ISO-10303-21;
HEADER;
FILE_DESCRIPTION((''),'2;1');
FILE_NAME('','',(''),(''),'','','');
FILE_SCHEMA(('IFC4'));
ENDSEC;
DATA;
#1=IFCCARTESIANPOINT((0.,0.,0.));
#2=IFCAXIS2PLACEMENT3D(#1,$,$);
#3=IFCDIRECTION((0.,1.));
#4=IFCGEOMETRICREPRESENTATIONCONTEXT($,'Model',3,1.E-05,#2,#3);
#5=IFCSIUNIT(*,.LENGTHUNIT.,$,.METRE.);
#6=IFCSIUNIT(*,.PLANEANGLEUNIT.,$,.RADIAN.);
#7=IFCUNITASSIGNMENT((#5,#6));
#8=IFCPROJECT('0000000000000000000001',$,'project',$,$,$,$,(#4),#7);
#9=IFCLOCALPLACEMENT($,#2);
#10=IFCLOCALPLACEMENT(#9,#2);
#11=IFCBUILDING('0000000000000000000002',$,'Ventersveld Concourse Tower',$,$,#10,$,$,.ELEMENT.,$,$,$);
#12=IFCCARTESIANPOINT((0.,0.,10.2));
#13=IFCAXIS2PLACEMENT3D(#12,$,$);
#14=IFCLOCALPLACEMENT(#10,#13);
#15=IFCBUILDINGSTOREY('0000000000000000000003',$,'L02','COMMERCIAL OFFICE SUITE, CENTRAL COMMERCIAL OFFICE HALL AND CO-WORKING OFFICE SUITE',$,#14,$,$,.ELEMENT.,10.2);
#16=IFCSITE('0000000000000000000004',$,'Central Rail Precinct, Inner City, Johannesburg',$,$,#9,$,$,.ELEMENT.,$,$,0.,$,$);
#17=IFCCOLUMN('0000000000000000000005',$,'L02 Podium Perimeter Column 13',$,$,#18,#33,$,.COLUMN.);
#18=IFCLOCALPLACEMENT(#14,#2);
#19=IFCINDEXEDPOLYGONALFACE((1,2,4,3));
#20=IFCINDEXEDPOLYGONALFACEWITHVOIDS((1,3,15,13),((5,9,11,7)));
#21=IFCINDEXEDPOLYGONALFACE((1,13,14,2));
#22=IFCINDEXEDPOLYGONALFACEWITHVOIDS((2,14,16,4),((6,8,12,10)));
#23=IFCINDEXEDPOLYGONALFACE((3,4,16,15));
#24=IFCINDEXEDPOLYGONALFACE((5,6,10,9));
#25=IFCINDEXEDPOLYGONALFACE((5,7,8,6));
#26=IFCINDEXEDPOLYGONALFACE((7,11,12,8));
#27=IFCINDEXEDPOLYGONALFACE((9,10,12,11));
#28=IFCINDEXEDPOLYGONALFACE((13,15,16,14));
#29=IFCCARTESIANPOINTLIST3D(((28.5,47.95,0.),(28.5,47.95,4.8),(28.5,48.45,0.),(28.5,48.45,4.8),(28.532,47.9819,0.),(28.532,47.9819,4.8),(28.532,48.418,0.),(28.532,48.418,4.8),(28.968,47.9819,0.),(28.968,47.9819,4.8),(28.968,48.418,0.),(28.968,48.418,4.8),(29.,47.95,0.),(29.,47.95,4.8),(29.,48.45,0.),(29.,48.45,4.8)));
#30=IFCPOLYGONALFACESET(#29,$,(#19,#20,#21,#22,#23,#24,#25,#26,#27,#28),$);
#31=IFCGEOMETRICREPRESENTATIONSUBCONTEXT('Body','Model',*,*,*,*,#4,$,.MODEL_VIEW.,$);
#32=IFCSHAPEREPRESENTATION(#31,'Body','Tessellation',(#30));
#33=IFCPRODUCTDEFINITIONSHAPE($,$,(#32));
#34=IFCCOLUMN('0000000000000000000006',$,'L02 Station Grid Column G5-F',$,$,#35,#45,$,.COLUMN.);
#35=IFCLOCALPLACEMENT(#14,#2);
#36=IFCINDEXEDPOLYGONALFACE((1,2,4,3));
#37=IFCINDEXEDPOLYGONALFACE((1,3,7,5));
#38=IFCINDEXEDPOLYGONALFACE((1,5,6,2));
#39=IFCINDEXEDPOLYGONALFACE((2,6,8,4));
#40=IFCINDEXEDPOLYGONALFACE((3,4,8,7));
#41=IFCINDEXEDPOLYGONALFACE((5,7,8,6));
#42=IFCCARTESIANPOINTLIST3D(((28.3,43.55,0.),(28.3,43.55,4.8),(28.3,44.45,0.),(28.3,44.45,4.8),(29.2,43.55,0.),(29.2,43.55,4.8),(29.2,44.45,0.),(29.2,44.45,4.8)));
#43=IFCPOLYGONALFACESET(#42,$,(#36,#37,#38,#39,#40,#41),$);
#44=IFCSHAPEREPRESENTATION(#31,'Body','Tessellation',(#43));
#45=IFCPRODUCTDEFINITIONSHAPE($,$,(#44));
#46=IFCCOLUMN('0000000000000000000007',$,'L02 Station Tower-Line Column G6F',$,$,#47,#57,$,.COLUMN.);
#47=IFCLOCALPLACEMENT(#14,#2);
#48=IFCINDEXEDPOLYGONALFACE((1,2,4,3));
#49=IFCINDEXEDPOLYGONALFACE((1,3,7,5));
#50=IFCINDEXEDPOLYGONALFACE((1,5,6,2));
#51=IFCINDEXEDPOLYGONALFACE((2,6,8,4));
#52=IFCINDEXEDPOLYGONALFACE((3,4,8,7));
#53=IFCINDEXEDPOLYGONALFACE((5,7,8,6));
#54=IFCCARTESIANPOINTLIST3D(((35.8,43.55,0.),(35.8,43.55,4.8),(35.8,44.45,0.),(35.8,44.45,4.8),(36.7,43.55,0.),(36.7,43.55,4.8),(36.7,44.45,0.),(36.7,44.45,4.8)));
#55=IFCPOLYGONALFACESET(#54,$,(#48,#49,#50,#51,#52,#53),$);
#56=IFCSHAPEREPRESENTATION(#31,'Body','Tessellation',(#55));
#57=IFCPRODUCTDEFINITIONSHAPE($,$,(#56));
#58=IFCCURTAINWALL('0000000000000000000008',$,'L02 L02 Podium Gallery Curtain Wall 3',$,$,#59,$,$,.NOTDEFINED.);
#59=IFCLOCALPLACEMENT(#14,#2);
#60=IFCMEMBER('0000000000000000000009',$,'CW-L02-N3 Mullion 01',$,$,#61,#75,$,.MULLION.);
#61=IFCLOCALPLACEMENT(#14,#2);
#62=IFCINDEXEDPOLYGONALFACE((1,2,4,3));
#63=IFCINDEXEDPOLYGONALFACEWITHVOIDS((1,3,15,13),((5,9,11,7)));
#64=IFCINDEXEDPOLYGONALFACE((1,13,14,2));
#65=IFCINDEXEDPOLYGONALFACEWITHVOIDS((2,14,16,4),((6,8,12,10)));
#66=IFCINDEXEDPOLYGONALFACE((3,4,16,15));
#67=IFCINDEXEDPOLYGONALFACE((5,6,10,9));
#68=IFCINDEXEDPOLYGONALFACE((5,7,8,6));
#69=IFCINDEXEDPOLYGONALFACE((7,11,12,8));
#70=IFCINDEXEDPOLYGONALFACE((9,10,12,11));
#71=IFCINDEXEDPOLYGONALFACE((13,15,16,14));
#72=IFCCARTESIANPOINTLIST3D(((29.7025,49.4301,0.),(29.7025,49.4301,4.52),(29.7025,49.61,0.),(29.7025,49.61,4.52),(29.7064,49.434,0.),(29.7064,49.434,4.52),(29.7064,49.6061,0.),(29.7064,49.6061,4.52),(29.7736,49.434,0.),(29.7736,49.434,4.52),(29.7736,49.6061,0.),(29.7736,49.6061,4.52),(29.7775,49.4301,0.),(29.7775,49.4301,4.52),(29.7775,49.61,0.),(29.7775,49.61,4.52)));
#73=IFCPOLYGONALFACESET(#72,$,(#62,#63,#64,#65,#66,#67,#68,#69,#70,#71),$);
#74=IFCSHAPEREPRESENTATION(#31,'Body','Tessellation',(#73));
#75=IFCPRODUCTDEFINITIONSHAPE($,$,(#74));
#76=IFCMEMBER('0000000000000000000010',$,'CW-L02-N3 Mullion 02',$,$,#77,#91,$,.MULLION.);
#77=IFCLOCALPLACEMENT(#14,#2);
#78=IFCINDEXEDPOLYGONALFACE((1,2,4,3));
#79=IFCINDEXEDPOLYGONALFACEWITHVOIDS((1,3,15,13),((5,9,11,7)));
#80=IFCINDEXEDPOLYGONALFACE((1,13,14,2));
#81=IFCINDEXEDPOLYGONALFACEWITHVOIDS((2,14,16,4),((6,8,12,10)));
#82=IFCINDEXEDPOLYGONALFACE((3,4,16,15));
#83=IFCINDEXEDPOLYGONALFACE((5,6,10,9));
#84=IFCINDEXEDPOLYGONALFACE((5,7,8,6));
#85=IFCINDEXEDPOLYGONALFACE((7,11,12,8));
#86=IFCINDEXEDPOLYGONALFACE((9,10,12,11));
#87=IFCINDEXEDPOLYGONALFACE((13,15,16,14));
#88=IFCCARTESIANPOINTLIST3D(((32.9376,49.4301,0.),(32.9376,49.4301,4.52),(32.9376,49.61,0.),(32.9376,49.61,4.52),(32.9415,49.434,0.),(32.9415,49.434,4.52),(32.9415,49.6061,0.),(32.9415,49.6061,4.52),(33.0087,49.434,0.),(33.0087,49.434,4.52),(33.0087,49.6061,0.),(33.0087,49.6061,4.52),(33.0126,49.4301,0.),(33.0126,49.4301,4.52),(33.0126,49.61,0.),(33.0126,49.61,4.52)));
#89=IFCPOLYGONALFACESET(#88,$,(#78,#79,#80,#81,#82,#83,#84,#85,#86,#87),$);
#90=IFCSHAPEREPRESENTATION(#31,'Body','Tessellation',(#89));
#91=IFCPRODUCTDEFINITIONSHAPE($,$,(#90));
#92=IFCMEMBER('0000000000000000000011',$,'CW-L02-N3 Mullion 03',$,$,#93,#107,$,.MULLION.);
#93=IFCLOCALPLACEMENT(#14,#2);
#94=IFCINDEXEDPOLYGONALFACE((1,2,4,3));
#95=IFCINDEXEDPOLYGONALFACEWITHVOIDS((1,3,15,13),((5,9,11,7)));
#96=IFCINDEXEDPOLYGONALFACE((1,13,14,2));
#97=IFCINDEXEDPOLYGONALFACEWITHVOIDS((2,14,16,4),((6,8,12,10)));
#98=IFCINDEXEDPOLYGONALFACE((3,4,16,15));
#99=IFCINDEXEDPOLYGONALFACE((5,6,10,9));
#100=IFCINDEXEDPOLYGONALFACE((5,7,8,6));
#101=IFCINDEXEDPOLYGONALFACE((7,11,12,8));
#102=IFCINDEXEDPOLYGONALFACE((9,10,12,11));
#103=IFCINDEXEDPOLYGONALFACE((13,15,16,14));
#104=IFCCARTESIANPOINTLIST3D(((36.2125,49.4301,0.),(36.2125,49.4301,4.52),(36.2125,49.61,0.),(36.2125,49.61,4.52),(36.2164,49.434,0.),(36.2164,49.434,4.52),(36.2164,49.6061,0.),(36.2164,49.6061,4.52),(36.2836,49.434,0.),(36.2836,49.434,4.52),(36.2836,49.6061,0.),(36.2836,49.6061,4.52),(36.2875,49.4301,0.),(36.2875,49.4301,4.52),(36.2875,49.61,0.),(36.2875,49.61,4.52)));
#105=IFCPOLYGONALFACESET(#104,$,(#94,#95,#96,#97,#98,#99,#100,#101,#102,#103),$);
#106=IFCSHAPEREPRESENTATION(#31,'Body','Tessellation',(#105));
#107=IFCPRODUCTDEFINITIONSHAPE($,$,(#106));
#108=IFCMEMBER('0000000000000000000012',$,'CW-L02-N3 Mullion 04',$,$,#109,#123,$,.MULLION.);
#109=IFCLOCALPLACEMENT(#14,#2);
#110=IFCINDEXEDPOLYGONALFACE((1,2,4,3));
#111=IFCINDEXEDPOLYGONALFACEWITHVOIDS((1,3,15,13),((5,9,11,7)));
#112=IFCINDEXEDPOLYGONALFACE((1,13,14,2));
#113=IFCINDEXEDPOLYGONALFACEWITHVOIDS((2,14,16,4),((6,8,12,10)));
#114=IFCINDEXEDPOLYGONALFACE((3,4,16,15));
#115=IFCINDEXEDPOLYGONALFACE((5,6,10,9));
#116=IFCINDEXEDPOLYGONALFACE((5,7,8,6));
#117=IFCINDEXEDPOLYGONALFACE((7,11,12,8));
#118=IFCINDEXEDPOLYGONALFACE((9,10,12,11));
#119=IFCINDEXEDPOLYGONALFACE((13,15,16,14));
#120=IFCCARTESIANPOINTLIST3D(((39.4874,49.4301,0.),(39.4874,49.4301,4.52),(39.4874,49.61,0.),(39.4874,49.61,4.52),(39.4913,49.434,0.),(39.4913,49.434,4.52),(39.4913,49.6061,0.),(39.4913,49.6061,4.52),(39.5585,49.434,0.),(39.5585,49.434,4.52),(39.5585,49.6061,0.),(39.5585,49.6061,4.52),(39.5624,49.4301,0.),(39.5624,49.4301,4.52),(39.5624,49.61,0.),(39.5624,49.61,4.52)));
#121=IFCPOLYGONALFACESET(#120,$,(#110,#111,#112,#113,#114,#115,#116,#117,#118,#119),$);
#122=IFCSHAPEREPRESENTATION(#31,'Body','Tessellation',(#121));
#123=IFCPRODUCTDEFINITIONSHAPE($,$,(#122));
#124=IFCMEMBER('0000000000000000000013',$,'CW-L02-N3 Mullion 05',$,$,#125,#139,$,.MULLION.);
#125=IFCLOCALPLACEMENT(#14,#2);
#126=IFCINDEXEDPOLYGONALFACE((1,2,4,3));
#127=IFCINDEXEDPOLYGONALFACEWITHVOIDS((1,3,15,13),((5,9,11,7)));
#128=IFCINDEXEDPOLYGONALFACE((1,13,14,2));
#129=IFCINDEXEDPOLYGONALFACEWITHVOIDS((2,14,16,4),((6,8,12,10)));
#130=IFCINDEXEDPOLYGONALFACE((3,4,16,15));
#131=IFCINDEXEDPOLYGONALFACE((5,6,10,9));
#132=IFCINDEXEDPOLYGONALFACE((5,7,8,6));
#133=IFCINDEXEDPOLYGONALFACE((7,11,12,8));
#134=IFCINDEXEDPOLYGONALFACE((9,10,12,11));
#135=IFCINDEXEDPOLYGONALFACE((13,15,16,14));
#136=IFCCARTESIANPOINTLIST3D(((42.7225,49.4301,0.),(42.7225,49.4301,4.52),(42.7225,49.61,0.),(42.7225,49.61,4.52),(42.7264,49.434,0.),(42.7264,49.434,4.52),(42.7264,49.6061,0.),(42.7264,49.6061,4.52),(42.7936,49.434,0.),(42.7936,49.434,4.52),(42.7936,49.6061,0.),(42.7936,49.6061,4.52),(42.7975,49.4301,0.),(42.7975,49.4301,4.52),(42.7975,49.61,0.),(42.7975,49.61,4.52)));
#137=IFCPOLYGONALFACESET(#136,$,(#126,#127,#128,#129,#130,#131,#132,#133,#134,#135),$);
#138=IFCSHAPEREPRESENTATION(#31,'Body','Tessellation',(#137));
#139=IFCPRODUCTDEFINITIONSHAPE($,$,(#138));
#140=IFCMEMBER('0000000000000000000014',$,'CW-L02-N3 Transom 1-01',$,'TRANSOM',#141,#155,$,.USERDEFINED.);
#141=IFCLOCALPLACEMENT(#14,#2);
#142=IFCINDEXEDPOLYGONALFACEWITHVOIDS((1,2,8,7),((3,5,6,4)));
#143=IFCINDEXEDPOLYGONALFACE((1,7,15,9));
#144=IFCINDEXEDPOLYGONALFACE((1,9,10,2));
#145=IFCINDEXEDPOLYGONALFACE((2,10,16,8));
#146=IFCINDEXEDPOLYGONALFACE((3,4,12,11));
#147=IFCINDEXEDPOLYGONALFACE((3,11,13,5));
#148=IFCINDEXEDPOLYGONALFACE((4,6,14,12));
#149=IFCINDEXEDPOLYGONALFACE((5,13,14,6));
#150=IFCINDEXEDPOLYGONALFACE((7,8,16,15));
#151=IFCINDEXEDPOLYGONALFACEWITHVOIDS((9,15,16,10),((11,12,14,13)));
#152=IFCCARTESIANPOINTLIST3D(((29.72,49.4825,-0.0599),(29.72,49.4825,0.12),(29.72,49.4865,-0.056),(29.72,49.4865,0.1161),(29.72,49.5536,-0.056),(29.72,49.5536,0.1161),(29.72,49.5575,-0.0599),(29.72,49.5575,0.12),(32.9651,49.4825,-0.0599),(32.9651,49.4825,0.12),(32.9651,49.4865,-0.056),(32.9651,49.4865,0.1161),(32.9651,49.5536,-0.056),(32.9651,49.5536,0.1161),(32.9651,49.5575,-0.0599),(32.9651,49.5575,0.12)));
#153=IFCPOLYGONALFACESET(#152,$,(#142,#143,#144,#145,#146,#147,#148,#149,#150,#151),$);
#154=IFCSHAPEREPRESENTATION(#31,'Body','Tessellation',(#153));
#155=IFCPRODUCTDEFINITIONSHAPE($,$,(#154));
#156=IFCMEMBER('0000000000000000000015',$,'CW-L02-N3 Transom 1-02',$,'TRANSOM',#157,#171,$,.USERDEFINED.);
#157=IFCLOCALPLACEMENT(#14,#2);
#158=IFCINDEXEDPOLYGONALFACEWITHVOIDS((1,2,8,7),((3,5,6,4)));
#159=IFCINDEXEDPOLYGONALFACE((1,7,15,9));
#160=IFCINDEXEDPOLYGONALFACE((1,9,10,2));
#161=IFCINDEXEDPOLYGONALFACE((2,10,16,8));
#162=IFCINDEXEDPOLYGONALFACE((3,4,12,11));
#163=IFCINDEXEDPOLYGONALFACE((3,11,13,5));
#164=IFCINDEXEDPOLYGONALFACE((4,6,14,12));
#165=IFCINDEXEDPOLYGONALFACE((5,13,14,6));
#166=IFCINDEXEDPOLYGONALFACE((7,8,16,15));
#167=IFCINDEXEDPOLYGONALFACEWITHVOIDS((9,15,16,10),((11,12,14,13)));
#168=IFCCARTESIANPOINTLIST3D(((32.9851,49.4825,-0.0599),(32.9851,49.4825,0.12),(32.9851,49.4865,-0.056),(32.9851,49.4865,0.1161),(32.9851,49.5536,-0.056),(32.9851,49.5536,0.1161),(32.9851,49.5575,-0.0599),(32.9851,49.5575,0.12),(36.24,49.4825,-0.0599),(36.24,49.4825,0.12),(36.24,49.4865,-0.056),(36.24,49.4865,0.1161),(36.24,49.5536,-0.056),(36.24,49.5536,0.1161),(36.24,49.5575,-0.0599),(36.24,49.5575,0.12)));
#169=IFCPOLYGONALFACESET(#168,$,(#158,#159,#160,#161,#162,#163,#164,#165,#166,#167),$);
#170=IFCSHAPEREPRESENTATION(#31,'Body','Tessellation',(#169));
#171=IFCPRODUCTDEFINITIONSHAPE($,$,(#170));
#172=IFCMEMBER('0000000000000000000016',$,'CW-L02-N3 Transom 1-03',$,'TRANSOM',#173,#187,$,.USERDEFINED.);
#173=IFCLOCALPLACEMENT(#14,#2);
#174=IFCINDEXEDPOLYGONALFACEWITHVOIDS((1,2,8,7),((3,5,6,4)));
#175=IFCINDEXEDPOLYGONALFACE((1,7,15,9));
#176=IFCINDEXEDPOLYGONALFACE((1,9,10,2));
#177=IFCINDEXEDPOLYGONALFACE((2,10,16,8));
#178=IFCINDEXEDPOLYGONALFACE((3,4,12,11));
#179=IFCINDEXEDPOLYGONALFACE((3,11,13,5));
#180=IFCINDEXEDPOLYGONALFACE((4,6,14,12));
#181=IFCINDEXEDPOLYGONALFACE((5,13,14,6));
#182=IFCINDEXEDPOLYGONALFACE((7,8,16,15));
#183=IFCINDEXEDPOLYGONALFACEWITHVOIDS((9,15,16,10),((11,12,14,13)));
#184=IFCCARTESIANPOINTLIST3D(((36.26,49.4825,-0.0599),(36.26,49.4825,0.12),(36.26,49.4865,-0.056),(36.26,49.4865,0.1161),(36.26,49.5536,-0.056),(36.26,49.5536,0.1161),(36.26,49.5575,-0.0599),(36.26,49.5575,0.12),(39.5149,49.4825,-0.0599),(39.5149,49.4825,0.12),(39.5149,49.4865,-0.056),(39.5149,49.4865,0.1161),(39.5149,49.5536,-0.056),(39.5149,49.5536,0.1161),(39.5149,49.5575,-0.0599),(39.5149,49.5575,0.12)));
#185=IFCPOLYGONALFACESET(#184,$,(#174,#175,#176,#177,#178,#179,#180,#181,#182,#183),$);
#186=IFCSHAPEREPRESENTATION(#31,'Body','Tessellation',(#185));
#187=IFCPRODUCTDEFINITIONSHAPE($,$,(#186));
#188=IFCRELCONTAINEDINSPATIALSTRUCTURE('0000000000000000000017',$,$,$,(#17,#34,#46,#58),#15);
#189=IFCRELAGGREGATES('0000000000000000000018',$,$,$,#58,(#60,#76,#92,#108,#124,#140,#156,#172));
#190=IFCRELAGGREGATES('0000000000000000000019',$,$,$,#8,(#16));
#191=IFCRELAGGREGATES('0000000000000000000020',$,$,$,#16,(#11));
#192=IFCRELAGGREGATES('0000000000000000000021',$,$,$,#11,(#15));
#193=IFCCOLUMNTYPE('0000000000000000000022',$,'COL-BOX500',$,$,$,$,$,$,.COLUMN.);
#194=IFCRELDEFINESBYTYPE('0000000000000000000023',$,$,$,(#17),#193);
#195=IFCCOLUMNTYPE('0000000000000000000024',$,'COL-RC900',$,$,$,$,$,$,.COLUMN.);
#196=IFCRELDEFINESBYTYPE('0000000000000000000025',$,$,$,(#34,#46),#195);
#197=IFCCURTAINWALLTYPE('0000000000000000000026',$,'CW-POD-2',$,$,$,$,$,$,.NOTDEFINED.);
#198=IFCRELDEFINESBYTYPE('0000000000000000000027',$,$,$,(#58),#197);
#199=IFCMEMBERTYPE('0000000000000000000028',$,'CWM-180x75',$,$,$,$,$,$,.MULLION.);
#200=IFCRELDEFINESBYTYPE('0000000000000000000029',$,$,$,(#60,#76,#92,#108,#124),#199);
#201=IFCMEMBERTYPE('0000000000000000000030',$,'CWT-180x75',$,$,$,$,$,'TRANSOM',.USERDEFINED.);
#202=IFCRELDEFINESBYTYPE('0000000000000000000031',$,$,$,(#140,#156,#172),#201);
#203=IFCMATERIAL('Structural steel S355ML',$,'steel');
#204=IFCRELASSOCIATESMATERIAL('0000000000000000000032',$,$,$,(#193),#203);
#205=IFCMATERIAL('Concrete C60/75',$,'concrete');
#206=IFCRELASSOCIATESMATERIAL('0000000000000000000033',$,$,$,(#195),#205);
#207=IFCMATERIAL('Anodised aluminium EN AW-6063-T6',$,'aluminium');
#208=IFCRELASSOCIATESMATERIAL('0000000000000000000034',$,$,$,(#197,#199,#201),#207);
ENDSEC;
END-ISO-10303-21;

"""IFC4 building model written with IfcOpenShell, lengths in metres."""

from ifc_helpers import new_model, si_unit, direction, frame, origin, origin_2d, place, context, subcontext, project, spatial, rectangle, hollow_rectangle, extrude, material, material_profile, profile_set, type_object, element, aggregate, save


model = new_model("IFC4")

# Units and contexts
model_context = context("Model", 3, precision=1e-05, world=origin(), true_north=direction((0.0, 1.0)))
body_context = subcontext(model_context, "Body", "Model", "MODEL_VIEW")
ifc_project = project(units=[si_unit("LENGTHUNIT", "METRE"), si_unit("PLANEANGLEUNIT", "RADIAN")], contexts=[model_context])

# Site, building, storey
site_placement = place(None, origin())
site = spatial("IfcSite", under=ifc_project, at=site_placement, Name="Central Rail Precinct, Inner City, Johannesburg", CompositionType="ELEMENT", RefElevation=0.0)
building_placement = place(site_placement, origin())
building = spatial("IfcBuilding", under=site, at=building_placement, Name="Ventersveld Concourse Tower", CompositionType="ELEMENT")
storey_placement = place(building_placement, frame((0.0, 0.0, 10.2)))
storey = spatial("IfcBuildingStorey", under=building, at=storey_placement, Name="L02", Description="COMMERCIAL OFFICE SUITE, CENTRAL COMMERCIAL OFFICE HALL AND CO-WORKING OFFICE SUITE", CompositionType="ELEMENT", Elevation=10.2)

# Columns
ifc_material_1 = material(Name="Structural steel S355ML", Category="steel")
ifc_material_profile_1 = material_profile(ifc_material_1, hollow_rectangle(XDim=0.5, YDim=0.5, WallThickness=0.032, at=origin_2d()), Name="BOX 500x500x32")
ifc_profile_set_1 = profile_set([ifc_material_profile_1], Name="Structural steel S355ML")
column_type_1 = type_object("IfcColumnType", Name="COL-BOX500", PredefinedType="COLUMN", material=ifc_profile_set_1)
column_placement = place(storey_placement, frame((28.75, 48.2, 0.0), z_axis=(0.0, 0.0, 1.0), x_axis=(1.0, 0.0, 0.0)))
element("IfcColumn", 1, at=column_placement, inside=storey, type_object=column_type_1, Name="L02 Podium Perimeter Column 13", PredefinedType="COLUMN", context=body_context, shape_type="SweptSolid", body=[
    extrude(hollow_rectangle(XDim=0.5, YDim=0.5, WallThickness=0.032, at=origin_2d()), origin(), (0.0, 0.0, 1.0), 4.8),
])
ifc_material_2 = material(Name="Concrete C60/75", Category="concrete")
ifc_material_profile_2 = material_profile(ifc_material_2, rectangle(XDim=0.8999, YDim=0.8999, at=origin_2d()), Name="RC 900x900")
ifc_profile_set_2 = profile_set([ifc_material_profile_2], Name="Concrete C60/75")
column_type_2 = type_object("IfcColumnType", Name="COL-RC900", PredefinedType="COLUMN", material=ifc_profile_set_2)
for number, where, z_axis, x_axis, name in (
    (2, (28.75, 44.0, 0.0), (0.0, 0.0, 1.0), (1.0, 0.0, 0.0), "L02 Station Grid Column G5-F"),
    (3, (36.25, 44.0, 0.0), (0.0, 0.0, 1.0), (1.0, 0.0, 0.0), "L02 Station Tower-Line Column G6F"),
):
    element("IfcColumn", number, at=place(storey_placement, frame(where, z_axis=z_axis, x_axis=x_axis)), inside=storey, type_object=column_type_2, Name=name, PredefinedType="COLUMN", context=body_context, shape_type="SweptSolid", body=[
        extrude(rectangle(XDim=0.8999, YDim=0.8999, at=origin_2d()), origin(), (0.0, 0.0, 1.0), 4.8),
    ])

# Curtain wall, members
ifc_material_3 = material(Name="Anodised aluminium EN AW-6063-T6", Category="aluminium")
curtain_wall_type = type_object("IfcCurtainWallType", Name="CW-POD-2", PredefinedType="NOTDEFINED", material=ifc_material_3)
curtain_wall_placement = place(storey_placement, origin())
curtain_wall = element("IfcCurtainWall", 4, at=curtain_wall_placement, inside=storey, type_object=curtain_wall_type, Name="L02 L02 Podium Gallery Curtain Wall 3", PredefinedType="NOTDEFINED")
ifc_material_profile_3 = material_profile(ifc_material_3, hollow_rectangle(XDim=0.075, YDim=0.1799, WallThickness=0.0039, at=origin_2d()), Name="ALU 180x75x4")
ifc_profile_set_3 = profile_set([ifc_material_profile_3], Name="Anodised aluminium EN AW-6063-T6")
member_type_1 = type_object("IfcMemberType", Name="CWM-180x75", PredefinedType="MULLION", material=ifc_profile_set_3)
member_1_placement = place(storey_placement, frame((29.74, 49.52, 0.0), z_axis=(0.0, 0.0, 1.0), x_axis=(1.0, 0.0, 0.0)))
member_1 = element("IfcMember", 5, at=member_1_placement, type_object=member_type_1, Name="CW-L02-N3 Mullion 01", PredefinedType="MULLION", context=body_context, shape_type="SweptSolid", body=[
    extrude(hollow_rectangle(XDim=0.075, YDim=0.1799, WallThickness=0.0039, at=origin_2d()), origin(), (0.0, 0.0, 1.0), 4.52),
])
member_2_placement = place(storey_placement, frame((32.9751, 49.52, 0.0), z_axis=(0.0, 0.0, 1.0), x_axis=(1.0, 0.0, 0.0)))
member_2 = element("IfcMember", 6, at=member_2_placement, type_object=member_type_1, Name="CW-L02-N3 Mullion 02", PredefinedType="MULLION", context=body_context, shape_type="SweptSolid", body=[
    extrude(hollow_rectangle(XDim=0.075, YDim=0.1799, WallThickness=0.0039, at=origin_2d()), origin(), (0.0, 0.0, 1.0), 4.52),
])
member_3_placement = place(storey_placement, frame((36.25, 49.52, 0.0), z_axis=(0.0, 0.0, 1.0), x_axis=(1.0, 0.0, 0.0)))
member_3 = element("IfcMember", 7, at=member_3_placement, type_object=member_type_1, Name="CW-L02-N3 Mullion 03", PredefinedType="MULLION", context=body_context, shape_type="SweptSolid", body=[
    extrude(hollow_rectangle(XDim=0.075, YDim=0.1799, WallThickness=0.0039, at=origin_2d()), origin(), (0.0, 0.0, 1.0), 4.52),
])
member_4_placement = place(storey_placement, frame((39.5249, 49.52, 0.0), z_axis=(0.0, 0.0, 1.0), x_axis=(1.0, 0.0, 0.0)))
member_4 = element("IfcMember", 8, at=member_4_placement, type_object=member_type_1, Name="CW-L02-N3 Mullion 04", PredefinedType="MULLION", context=body_context, shape_type="SweptSolid", body=[
    extrude(hollow_rectangle(XDim=0.075, YDim=0.1799, WallThickness=0.0039, at=origin_2d()), origin(), (0.0, 0.0, 1.0), 4.52),
])
member_5_placement = place(storey_placement, frame((42.76, 49.52, 0.0), z_axis=(0.0, 0.0, 1.0), x_axis=(1.0, 0.0, 0.0)))
member_5 = element("IfcMember", 9, at=member_5_placement, type_object=member_type_1, Name="CW-L02-N3 Mullion 05", PredefinedType="MULLION", context=body_context, shape_type="SweptSolid", body=[
    extrude(hollow_rectangle(XDim=0.075, YDim=0.1799, WallThickness=0.0039, at=origin_2d()), origin(), (0.0, 0.0, 1.0), 4.52),
])
ifc_material_profile_4 = material_profile(ifc_material_3, hollow_rectangle(XDim=0.075, YDim=0.1799, WallThickness=0.0039, at=origin_2d()), Name="ALU 180x75x4")
ifc_profile_set_4 = profile_set([ifc_material_profile_4], Name="Anodised aluminium EN AW-6063-T6")
member_type_2 = type_object("IfcMemberType", Name="CWT-180x75", ElementType="TRANSOM", PredefinedType="USERDEFINED", material=ifc_profile_set_4)
member_6_placement = place(storey_placement, frame((29.72, 49.52, 0.03), z_axis=(1.0, 0.0, 0.0), x_axis=(0.0, 1.0, 0.0)))
member_6 = element("IfcMember", 10, at=member_6_placement, type_object=member_type_2, Name="CW-L02-N3 Transom 1-01", ObjectType="TRANSOM", PredefinedType="USERDEFINED", context=body_context, shape_type="SweptSolid", body=[
    extrude(hollow_rectangle(XDim=0.075, YDim=0.1799, WallThickness=0.0039, at=origin_2d()), origin(), (0.0, 0.0, 1.0), 3.2451),
])
member_7_placement = place(storey_placement, frame((32.9851, 49.52, 0.03), z_axis=(1.0, 0.0, 0.0), x_axis=(0.0, 1.0, 0.0)))
member_7 = element("IfcMember", 11, at=member_7_placement, type_object=member_type_2, Name="CW-L02-N3 Transom 1-02", ObjectType="TRANSOM", PredefinedType="USERDEFINED", context=body_context, shape_type="SweptSolid", body=[
    extrude(hollow_rectangle(XDim=0.075, YDim=0.1799, WallThickness=0.0039, at=origin_2d()), origin(), (0.0, 0.0, 1.0), 3.2549),
])
member_8_placement = place(storey_placement, frame((36.26, 49.52, 0.03), z_axis=(1.0, 0.0, 0.0), x_axis=(0.0, 1.0, 0.0)))
member_8 = element("IfcMember", 12, at=member_8_placement, type_object=member_type_2, Name="CW-L02-N3 Transom 1-03", ObjectType="TRANSOM", PredefinedType="USERDEFINED", context=body_context, shape_type="SweptSolid", body=[
    extrude(hollow_rectangle(XDim=0.075, YDim=0.1799, WallThickness=0.0039, at=origin_2d()), origin(), (0.0, 0.0, 1.0), 3.2549),
])

aggregate(curtain_wall, [member_1, member_2, member_3, member_4, member_5, member_6, member_7, member_8])

save(model, "model.ifc")
